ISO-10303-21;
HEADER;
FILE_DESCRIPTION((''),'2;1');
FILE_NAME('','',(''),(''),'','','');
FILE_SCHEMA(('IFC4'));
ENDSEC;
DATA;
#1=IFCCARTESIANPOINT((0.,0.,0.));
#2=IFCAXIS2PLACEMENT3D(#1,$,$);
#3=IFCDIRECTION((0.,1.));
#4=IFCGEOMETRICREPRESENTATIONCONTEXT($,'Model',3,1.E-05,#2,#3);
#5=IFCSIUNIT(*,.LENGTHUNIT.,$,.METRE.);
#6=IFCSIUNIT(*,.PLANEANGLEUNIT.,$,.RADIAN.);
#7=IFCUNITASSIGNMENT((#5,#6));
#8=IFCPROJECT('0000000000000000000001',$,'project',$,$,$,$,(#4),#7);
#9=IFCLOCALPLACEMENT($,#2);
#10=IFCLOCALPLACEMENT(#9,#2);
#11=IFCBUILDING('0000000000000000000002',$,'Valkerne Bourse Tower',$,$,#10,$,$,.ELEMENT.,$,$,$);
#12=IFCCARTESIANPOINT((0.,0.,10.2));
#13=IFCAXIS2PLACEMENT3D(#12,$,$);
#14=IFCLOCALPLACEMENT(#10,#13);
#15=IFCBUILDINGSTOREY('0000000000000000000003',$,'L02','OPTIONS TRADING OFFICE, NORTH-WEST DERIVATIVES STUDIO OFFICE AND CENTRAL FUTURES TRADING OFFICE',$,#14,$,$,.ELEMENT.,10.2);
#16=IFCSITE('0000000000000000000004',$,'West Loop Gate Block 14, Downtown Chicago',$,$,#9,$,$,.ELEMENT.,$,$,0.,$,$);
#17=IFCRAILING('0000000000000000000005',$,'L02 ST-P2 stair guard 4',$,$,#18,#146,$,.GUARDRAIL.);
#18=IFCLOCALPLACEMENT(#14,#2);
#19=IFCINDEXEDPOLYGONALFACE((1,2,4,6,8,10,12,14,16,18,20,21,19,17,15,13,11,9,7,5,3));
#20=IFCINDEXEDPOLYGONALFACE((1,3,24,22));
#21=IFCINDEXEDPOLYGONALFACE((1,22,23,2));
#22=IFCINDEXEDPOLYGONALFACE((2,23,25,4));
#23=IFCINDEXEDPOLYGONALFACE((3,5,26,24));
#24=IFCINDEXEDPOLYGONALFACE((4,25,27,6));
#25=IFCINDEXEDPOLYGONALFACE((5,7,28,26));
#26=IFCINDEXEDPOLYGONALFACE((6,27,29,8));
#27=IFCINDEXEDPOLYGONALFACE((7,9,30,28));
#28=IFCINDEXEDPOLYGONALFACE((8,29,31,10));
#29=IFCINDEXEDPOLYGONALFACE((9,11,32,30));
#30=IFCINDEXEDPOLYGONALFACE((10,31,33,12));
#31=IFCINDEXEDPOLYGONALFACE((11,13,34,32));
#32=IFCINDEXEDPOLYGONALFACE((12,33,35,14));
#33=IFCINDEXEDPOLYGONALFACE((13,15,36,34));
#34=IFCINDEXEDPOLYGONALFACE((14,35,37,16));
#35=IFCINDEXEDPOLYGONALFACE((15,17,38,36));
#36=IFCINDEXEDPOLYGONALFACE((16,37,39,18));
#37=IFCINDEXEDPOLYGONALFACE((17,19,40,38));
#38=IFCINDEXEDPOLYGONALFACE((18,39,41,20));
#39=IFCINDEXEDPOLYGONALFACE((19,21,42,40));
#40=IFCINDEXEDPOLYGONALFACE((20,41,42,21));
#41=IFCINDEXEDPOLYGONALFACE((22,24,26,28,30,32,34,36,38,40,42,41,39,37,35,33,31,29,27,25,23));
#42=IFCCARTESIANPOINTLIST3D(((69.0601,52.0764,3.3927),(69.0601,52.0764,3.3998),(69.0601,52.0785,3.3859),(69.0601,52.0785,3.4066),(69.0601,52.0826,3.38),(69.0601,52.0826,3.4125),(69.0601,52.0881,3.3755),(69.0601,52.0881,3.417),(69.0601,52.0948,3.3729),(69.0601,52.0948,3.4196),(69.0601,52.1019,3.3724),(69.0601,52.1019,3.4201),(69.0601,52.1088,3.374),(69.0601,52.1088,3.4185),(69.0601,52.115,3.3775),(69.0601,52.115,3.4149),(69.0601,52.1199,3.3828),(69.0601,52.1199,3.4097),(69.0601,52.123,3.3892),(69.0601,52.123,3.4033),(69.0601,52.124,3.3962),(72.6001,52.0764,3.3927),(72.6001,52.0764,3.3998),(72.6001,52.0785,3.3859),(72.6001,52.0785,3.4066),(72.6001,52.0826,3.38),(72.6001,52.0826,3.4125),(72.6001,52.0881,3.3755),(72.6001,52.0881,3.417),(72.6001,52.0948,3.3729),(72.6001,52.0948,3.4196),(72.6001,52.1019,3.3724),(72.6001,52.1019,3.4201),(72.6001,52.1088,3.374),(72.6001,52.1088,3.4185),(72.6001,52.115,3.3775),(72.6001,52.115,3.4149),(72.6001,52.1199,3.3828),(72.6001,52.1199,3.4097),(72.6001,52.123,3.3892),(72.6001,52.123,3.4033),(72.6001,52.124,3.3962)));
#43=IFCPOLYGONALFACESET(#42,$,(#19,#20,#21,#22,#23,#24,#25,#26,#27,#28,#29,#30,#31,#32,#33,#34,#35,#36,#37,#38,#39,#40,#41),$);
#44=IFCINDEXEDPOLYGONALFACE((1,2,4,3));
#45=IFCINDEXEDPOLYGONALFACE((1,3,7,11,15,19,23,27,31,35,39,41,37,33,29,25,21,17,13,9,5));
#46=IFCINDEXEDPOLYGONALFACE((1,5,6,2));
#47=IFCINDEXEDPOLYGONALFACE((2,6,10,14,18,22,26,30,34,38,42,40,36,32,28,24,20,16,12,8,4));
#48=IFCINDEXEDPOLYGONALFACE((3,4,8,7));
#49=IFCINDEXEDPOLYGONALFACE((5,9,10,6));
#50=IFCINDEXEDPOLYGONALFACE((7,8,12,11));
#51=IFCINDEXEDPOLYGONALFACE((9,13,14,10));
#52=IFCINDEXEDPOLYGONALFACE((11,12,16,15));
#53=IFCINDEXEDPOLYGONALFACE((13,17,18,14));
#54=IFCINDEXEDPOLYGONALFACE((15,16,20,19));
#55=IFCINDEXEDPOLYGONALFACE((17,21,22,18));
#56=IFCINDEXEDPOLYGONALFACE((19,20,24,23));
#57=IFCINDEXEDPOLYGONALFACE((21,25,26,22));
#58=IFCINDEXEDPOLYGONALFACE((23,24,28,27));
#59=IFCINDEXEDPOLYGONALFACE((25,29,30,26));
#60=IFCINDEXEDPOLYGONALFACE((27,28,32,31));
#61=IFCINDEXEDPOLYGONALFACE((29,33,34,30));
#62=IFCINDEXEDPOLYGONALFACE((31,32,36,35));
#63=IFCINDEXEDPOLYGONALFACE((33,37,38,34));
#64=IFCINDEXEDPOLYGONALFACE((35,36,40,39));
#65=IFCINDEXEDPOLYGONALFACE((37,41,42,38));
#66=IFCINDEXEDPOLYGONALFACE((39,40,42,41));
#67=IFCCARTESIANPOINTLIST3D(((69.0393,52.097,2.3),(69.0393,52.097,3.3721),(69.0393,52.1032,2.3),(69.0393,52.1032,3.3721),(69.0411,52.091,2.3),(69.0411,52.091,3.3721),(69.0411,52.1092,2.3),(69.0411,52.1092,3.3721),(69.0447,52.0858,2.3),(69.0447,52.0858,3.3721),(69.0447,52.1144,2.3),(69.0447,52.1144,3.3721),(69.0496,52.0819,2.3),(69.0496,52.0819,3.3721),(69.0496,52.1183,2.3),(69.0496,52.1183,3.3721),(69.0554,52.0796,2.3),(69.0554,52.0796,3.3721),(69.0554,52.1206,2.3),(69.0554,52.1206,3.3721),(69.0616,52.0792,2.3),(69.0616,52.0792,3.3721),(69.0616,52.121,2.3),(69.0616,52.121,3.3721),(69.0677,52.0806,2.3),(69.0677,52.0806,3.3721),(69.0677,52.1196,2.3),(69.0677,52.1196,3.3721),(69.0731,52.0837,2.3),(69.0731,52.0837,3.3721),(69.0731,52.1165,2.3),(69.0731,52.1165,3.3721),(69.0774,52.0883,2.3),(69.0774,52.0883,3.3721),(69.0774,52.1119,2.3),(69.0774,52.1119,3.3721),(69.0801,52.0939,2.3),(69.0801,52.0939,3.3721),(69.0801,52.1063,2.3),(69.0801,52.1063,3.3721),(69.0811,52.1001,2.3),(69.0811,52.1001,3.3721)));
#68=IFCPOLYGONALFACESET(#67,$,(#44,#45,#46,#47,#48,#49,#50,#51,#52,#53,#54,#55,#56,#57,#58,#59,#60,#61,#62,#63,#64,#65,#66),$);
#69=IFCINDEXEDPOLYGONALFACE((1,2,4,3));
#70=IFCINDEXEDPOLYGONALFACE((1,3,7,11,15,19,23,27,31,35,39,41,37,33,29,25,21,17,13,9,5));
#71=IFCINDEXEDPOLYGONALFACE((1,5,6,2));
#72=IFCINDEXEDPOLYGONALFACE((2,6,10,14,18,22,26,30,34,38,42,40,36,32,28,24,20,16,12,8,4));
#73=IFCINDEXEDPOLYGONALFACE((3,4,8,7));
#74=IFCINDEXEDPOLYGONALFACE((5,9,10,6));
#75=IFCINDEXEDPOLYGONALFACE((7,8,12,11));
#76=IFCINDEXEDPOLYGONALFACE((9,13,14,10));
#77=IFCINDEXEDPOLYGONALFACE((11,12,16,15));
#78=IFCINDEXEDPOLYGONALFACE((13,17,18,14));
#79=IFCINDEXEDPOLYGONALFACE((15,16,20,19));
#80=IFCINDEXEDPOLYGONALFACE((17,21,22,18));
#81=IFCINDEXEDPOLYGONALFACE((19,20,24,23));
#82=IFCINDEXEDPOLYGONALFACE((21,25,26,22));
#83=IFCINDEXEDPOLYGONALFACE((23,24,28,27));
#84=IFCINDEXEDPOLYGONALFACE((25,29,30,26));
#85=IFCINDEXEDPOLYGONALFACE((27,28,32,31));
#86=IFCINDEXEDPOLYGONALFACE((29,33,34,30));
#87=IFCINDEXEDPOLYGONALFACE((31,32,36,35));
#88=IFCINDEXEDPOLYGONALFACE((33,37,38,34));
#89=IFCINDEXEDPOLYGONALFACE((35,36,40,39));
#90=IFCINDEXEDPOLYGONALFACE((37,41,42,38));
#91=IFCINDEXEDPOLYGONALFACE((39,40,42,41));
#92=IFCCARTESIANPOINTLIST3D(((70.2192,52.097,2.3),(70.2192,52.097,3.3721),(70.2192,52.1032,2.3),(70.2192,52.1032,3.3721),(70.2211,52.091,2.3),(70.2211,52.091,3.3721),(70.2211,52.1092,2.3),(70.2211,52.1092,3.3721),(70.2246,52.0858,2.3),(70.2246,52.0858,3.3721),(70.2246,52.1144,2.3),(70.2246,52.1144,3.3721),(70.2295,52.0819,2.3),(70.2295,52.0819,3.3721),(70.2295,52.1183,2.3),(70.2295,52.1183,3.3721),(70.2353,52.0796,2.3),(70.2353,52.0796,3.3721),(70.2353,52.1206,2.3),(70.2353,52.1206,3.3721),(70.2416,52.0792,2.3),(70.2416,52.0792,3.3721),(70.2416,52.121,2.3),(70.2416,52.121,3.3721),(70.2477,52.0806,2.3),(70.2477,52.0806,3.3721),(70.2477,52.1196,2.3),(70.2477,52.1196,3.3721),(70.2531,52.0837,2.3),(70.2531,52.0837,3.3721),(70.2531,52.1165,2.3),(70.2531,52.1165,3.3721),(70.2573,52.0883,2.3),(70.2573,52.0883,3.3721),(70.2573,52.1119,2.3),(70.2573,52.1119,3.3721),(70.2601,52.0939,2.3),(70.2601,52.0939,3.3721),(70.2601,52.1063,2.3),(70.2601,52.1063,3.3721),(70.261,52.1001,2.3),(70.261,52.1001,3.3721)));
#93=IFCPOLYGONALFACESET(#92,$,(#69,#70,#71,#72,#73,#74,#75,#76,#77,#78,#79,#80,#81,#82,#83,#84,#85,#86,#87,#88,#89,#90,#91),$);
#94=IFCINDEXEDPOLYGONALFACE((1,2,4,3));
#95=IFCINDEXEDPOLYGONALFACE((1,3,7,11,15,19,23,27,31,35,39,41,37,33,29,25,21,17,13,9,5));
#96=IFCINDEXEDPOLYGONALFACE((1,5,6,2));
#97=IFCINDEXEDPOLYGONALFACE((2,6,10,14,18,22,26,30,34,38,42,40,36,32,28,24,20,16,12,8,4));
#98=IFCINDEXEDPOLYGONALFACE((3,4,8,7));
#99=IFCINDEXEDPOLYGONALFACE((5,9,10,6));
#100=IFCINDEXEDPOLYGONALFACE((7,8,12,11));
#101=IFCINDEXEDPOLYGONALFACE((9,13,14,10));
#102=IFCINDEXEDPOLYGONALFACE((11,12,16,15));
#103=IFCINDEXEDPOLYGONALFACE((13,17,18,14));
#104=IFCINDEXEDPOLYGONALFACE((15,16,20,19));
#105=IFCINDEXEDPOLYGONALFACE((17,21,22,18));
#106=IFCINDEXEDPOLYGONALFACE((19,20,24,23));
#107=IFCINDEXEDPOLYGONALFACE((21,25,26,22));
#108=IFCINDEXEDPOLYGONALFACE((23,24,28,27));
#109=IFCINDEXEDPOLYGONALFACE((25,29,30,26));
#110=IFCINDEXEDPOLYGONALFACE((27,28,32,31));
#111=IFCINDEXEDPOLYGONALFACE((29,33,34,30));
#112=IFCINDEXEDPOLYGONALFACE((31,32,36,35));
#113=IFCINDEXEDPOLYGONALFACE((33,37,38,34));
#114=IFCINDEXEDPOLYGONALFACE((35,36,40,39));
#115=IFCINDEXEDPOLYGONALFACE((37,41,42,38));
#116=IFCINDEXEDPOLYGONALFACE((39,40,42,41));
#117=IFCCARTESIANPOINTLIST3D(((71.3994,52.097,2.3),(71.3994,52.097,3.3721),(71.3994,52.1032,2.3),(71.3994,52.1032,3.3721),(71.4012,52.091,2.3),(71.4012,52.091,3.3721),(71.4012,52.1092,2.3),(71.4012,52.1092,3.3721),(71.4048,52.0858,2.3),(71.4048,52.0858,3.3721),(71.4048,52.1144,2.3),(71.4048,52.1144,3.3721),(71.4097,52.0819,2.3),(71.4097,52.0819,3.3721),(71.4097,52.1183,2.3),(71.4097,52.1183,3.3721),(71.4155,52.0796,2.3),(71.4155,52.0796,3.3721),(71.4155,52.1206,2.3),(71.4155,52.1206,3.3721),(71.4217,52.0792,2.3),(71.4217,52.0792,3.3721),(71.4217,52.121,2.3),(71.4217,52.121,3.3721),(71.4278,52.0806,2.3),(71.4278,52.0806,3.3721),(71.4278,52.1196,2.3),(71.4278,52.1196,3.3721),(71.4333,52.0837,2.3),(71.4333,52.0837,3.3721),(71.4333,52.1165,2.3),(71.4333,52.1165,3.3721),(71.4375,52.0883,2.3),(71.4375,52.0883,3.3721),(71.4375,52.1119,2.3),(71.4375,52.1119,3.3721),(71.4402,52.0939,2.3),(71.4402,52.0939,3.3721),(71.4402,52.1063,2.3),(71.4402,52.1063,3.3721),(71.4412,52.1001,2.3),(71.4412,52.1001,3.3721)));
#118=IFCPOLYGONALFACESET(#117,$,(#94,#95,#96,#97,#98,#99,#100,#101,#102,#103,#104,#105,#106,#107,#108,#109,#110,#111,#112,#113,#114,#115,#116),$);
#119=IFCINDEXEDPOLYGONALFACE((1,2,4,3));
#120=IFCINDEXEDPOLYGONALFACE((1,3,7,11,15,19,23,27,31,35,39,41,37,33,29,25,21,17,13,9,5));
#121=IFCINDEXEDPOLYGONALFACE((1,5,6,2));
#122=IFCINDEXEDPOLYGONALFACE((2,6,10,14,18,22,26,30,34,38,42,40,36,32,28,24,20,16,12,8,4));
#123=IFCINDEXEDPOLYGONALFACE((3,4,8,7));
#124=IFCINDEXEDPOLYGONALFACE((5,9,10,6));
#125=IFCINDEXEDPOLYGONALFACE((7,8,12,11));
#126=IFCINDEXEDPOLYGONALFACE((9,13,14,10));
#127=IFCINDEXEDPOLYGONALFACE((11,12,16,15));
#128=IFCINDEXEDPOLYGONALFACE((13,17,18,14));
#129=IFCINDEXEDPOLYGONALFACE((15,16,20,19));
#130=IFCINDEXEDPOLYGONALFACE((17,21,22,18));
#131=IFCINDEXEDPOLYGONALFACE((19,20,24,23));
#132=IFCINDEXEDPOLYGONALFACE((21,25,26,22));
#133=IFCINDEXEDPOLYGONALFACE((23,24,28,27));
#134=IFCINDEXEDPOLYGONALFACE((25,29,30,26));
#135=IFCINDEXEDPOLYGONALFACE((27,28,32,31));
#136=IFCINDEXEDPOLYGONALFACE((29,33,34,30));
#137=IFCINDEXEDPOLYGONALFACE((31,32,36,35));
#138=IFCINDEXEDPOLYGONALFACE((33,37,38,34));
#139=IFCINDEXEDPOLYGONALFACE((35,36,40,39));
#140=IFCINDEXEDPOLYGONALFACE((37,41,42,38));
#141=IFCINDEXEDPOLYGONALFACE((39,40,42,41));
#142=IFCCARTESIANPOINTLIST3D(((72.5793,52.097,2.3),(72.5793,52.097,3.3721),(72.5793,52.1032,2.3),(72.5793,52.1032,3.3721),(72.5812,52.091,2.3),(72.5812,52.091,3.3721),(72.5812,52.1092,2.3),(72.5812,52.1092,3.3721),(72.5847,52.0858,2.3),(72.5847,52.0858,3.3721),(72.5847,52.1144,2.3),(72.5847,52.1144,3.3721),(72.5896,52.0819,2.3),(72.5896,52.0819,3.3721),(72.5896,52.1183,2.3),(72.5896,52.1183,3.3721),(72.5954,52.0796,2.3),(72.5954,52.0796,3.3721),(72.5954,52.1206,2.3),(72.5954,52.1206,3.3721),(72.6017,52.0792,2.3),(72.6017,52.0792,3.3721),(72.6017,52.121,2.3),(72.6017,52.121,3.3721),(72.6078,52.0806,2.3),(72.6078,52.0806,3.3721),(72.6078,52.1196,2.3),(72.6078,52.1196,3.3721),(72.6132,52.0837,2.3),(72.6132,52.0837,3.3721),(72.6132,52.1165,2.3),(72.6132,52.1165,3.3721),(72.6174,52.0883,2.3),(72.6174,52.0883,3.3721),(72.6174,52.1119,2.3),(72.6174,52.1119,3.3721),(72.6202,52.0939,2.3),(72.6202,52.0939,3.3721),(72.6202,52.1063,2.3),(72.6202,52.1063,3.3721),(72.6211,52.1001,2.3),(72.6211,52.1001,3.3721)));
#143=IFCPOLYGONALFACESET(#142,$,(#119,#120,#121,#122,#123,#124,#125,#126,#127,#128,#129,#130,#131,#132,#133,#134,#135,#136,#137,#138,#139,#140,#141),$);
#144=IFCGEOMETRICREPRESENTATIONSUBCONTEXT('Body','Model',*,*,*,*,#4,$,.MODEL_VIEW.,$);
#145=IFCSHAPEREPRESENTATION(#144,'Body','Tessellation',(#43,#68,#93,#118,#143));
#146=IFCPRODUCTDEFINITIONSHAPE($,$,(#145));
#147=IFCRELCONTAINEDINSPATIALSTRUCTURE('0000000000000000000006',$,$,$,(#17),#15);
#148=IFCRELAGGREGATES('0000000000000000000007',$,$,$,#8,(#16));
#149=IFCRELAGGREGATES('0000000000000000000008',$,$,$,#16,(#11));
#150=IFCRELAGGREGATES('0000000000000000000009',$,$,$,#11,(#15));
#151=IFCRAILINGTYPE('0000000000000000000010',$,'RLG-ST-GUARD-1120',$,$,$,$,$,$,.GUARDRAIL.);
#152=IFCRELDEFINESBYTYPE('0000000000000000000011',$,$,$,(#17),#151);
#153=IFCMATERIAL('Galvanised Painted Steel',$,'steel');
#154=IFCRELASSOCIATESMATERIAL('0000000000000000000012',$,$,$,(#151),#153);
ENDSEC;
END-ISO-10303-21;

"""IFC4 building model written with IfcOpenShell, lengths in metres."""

from ifc_helpers import new_model, si_unit, direction, frame, origin, origin_2d, place, context, subcontext, project, spatial, circle, extrude, material, type_object, element, save


model = new_model("IFC4")

# Units and contexts
model_context = context("Model", 3, precision=1e-05, world=origin(), true_north=direction((0.0, 1.0)))
body_context = subcontext(model_context, "Body", "Model", "MODEL_VIEW")
ifc_project = project(units=[si_unit("LENGTHUNIT", "METRE"), si_unit("PLANEANGLEUNIT", "RADIAN")], contexts=[model_context])

# Site, building, storey
site_placement = place(None, origin())
site = spatial("IfcSite", under=ifc_project, at=site_placement, Name="West Loop Gate Block 14, Downtown Chicago", CompositionType="ELEMENT", RefElevation=0.0)
building_placement = place(site_placement, origin())
building = spatial("IfcBuilding", under=site, at=building_placement, Name="Valkerne Bourse Tower", CompositionType="ELEMENT")
storey_placement = place(building_placement, frame((0.0, 0.0, 10.2)))
storey = spatial("IfcBuildingStorey", under=building, at=storey_placement, Name="L02", Description="OPTIONS TRADING OFFICE, NORTH-WEST DERIVATIVES STUDIO OFFICE AND CENTRAL FUTURES TRADING OFFICE", CompositionType="ELEMENT", Elevation=10.2)

# Railing
ifc_material_1 = material(Name="Galvanised Painted Steel", Category="steel")
railing_type_1 = type_object("IfcRailingType", Name="RLG-ST-GUARD-1120", PredefinedType="GUARDRAIL", material=ifc_material_1)
for number, where, name in (
    (1, (69.0601, 52.1001, 2.3), "L02 ST-P2 stair guard 4"),
):
    element("IfcRailing", number, at=place(storey_placement, frame(where)), inside=storey, type_object=railing_type_1, Name=name, PredefinedType="GUARDRAIL", context=body_context, shape_type="SweptSolid", body=[
        extrude(circle(Radius=0.0239, at=origin_2d()), frame((0.0, 0.0, 1.0962), z_axis=(1.0, 0.0, 0.0), x_axis=(0.0, 1.0, 0.0)), (0.0, 0.0, 1.0), 3.54),
        extrude(circle(Radius=0.021, at=origin_2d()), origin(), (0.0, 0.0, 1.0), 1.072),
        extrude(circle(Radius=0.021, at=origin_2d()), frame((1.1799, 0.0, 0.0)), (0.0, 0.0, 1.0), 1.072),
        extrude(circle(Radius=0.021, at=origin_2d()), frame((2.3601, 0.0, 0.0)), (0.0, 0.0, 1.0), 1.072),
        extrude(circle(Radius=0.021, at=origin_2d()), frame((3.54, 0.0, 0.0)), (0.0, 0.0, 1.0), 1.072),
    ])

save(model, "model.ifc")
